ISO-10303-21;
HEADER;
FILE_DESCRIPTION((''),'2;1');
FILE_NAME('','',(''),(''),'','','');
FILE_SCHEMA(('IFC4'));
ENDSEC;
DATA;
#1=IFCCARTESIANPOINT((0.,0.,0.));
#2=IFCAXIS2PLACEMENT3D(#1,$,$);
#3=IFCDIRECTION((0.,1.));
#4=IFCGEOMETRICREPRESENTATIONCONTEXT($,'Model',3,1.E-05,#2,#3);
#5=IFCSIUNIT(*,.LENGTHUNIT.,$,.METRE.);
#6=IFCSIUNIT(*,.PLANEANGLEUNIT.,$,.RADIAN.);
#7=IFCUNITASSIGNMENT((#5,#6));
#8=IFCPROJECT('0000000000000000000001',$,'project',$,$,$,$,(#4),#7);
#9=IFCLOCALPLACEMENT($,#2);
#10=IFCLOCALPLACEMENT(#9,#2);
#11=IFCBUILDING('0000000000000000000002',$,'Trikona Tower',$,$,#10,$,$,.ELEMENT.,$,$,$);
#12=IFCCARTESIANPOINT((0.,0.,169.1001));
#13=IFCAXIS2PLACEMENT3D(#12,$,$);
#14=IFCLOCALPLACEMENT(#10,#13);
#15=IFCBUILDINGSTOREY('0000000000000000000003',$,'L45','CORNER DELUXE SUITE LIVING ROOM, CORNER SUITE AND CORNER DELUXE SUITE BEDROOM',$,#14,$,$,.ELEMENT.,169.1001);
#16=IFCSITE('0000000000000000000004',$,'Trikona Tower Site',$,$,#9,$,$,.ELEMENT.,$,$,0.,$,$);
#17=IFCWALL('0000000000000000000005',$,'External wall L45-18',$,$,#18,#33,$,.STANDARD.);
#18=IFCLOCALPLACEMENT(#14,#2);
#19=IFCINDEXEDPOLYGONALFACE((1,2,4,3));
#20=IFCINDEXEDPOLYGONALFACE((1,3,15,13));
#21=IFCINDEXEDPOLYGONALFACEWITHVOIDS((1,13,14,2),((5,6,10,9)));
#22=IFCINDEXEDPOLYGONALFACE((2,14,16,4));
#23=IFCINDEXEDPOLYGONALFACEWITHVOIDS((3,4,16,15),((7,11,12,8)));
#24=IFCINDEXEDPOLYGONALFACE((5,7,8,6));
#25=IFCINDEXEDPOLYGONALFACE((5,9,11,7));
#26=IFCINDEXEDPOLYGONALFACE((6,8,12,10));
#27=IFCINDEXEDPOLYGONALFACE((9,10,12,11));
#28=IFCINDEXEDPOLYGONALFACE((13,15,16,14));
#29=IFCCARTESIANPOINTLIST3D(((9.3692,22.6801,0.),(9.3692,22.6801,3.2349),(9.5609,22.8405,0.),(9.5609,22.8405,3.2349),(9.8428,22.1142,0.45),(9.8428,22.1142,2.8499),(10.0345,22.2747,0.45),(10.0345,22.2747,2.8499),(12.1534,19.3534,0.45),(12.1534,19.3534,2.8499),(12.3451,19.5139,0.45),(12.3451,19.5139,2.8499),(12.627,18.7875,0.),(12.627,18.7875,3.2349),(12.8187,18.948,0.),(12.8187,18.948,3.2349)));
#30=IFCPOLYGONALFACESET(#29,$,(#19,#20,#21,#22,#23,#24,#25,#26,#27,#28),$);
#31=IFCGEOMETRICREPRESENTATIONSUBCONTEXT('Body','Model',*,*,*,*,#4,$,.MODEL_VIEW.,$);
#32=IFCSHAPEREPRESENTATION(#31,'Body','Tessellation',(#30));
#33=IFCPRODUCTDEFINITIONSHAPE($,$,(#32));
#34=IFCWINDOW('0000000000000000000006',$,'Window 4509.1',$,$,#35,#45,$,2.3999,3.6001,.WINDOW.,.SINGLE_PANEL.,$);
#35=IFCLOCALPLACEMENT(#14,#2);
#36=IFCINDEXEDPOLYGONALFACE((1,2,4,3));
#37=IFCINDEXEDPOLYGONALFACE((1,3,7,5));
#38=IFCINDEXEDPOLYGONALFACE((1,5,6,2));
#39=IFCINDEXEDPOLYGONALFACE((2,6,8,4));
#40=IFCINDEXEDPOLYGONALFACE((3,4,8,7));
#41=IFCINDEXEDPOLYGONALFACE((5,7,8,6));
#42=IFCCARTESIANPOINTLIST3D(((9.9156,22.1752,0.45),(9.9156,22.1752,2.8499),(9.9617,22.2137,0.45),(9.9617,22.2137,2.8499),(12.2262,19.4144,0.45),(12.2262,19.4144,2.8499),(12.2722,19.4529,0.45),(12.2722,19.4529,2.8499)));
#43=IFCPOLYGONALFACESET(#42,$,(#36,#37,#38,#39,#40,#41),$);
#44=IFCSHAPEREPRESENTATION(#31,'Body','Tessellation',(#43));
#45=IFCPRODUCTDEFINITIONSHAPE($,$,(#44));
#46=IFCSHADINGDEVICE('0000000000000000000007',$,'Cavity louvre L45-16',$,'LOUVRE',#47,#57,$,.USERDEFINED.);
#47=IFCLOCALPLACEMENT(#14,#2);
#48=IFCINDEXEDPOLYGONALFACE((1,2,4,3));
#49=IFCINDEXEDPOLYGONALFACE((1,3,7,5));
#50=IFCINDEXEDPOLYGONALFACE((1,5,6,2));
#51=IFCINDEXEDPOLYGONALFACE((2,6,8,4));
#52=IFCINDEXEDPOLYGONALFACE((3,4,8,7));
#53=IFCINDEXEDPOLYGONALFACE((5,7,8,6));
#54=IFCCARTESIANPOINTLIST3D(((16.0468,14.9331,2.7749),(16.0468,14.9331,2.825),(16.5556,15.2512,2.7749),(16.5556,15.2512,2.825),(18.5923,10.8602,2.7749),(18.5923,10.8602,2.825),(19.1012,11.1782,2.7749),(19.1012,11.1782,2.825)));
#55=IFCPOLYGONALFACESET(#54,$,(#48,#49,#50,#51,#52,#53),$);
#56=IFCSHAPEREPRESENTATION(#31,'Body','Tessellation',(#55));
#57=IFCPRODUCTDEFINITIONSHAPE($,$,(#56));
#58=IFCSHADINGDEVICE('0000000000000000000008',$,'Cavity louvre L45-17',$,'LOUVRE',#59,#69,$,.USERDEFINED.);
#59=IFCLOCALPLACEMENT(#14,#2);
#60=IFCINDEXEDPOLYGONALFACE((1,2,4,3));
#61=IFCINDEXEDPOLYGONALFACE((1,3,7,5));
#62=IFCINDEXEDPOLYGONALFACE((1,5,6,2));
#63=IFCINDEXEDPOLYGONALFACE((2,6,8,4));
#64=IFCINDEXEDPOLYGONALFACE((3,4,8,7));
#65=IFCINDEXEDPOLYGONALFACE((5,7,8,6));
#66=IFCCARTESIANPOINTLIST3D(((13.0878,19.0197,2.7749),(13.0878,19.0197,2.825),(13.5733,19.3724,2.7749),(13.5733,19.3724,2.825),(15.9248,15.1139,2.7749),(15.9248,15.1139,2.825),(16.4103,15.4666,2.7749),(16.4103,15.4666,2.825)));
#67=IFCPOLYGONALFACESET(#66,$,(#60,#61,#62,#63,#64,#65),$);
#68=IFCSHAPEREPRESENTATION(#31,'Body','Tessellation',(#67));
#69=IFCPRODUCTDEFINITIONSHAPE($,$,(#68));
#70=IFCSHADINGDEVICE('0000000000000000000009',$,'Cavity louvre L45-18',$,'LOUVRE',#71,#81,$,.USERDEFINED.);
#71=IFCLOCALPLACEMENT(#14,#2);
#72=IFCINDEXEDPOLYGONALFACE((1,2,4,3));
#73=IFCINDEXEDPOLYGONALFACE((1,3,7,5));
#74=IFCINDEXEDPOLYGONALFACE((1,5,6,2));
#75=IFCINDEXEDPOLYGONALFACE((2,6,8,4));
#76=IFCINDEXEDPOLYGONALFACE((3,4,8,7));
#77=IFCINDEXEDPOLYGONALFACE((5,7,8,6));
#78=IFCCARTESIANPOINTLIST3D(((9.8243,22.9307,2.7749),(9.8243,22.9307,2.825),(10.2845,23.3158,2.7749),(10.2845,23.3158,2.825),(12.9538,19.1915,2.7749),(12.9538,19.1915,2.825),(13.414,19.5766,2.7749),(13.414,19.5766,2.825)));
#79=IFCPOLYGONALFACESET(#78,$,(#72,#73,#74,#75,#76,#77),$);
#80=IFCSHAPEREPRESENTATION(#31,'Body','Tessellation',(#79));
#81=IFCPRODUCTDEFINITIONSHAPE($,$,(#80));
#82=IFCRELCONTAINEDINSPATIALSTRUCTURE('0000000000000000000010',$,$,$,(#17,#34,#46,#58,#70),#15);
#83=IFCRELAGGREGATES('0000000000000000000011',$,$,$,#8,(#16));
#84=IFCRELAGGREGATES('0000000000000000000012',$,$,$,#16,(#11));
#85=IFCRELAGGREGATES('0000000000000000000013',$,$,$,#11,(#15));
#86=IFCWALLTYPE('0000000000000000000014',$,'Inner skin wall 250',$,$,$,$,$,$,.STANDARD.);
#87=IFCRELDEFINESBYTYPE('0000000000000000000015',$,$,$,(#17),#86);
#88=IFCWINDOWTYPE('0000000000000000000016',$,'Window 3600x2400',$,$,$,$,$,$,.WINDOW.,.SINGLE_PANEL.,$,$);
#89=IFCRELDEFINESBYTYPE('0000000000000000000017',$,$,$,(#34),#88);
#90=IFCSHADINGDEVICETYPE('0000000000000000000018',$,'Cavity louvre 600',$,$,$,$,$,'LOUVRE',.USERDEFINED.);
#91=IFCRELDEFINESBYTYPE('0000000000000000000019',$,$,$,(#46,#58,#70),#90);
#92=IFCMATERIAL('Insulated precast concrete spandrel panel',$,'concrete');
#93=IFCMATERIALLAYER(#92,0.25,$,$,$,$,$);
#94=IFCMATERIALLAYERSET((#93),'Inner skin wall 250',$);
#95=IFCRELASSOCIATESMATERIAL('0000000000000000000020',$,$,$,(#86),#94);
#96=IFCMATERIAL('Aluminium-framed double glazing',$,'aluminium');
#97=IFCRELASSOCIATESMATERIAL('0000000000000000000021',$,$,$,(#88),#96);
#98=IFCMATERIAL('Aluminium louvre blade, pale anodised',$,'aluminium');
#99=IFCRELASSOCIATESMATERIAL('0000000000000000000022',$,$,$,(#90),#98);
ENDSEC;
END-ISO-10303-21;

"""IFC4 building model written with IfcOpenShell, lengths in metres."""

from ifc_helpers import new_model, si_unit, direction, frame, frame_2d, origin, origin_2d, place, context, subcontext, project, spatial, rectangle, extrude, material, layer, layer_set, type_object, element, fill, save


model = new_model("IFC4")

# Units and contexts
model_context = context("Model", 3, precision=1e-05, world=origin(), true_north=direction((0.0, 1.0)))
body_context = subcontext(model_context, "Body", "Model", "MODEL_VIEW")
ifc_project = project(units=[si_unit("LENGTHUNIT", "METRE"), si_unit("PLANEANGLEUNIT", "RADIAN")], contexts=[model_context])

# Site, building, storey
site_placement = place(None, origin())
site = spatial("IfcSite", under=ifc_project, at=site_placement, Name="Trikona Tower Site", CompositionType="ELEMENT", RefElevation=0.0)
building_placement = place(site_placement, origin())
building = spatial("IfcBuilding", under=site, at=building_placement, Name="Trikona Tower", CompositionType="ELEMENT")
storey_placement = place(building_placement, frame((0.0, 0.0, 169.1001)))
storey = spatial("IfcBuildingStorey", under=building, at=storey_placement, Name="L45", Description="CORNER DELUXE SUITE LIVING ROOM, CORNER SUITE AND CORNER DELUXE SUITE BEDROOM", CompositionType="ELEMENT", Elevation=169.1001)

# Wall, opening, window
ifc_material_1 = material(Name="Insulated precast concrete spandrel panel", Category="concrete")
ifc_layer_1 = layer(ifc_material_1, 0.25)
ifc_layer_set_1 = layer_set([ifc_layer_1], Name="Inner skin wall 250")
wall_type = type_object("IfcWallType", Name="Inner skin wall 250", PredefinedType="STANDARD", material=ifc_layer_set_1)
wall_1_placement = place(storey_placement, frame((12.7229, 18.8677, 0.0), z_axis=(0.0, 0.0, 1.0), x_axis=(-0.64181, 0.766863, 0.0)))
wall_1 = element("IfcWall", 1, at=wall_1_placement, inside=storey, type_object=wall_type, Name="External wall L45-18", PredefinedType="STANDARD", context=body_context, shape_type="SweptSolid", body=[
    extrude(rectangle(XDim=5.0759, YDim=0.25, at=frame_2d((2.5381, 0.0))), origin(), (0.0, 0.0, 1.0), 3.2349),
])
opening_1_placement = place(wall_1_placement, frame((0.738, 0.0, 0.45)))
opening_1 = element("IfcOpeningElement", 2, at=opening_1_placement, cuts=wall_1, PredefinedType="OPENING", context=body_context, shape_type="SweptSolid", body=[
    extrude(rectangle(XDim=3.6001, YDim=2.3999, at=frame_2d((1.8, 1.2))), frame((0.0, 0.135, 0.0), z_axis=(0.0, -1.0, 0.0), x_axis=(1.0, 0.0, 0.0)), (0.0, 0.0, 1.0), 0.27),
])
ifc_material_2 = material(Name="Aluminium-framed double glazing", Category="aluminium")
window_type_1 = type_object("IfcWindowType", Name="Window 3600x2400", PartitioningType="SINGLE_PANEL", PredefinedType="WINDOW", material=ifc_material_2)
window_1_placement = place(opening_1_placement, origin())
window_1 = element("IfcWindow", 3, at=window_1_placement, inside=storey, type_object=window_type_1, Name="Window 4509.1", OverallHeight=2.3999, OverallWidth=3.6001, PartitioningType="SINGLE_PANEL", PredefinedType="WINDOW", context=body_context, shape_type="SweptSolid", body=[
    extrude(rectangle(XDim=3.6001, YDim=2.3999, at=frame_2d((1.8, 1.2))), frame((0.0, 0.03, 0.0), z_axis=(0.0, -1.0, 0.0), x_axis=(1.0, 0.0, 0.0)), (0.0, 0.0, 1.0), 0.0601),
])
fill(opening_1, window_1)

# Shading devices
ifc_material_3 = material(Name="Aluminium louvre blade, pale anodised", Category="aluminium")
shading_device_type = type_object("IfcShadingDeviceType", Name="Cavity louvre 600", ElementType="LOUVRE", PredefinedType="USERDEFINED", material=ifc_material_3)
shading_device_1_placement = place(storey_placement, frame((17.574, 13.0557, 2.7749), z_axis=(0.0, 0.0, 1.0), x_axis=(-0.529995, 0.848001, 0.0)))
element("IfcShadingDevice", 4, at=shading_device_1_placement, inside=storey, type_object=shading_device_type, Name="Cavity louvre L45-16", ObjectType="LOUVRE", PredefinedType="USERDEFINED", context=body_context, shape_type="SweptSolid", body=[
    extrude(rectangle(XDim=4.803, YDim=0.6001, at=origin_2d()), origin(), (0.0, 0.0, 1.0), 0.05),
])
shading_device_2_placement = place(storey_placement, frame((14.749, 17.2432, 2.7749), z_axis=(0.0, 0.0, 1.0), x_axis=(-0.587686, 0.809089, 0.0)))
element("IfcShadingDevice", 5, at=shading_device_2_placement, inside=storey, type_object=shading_device_type, Name="Cavity louvre L45-17", ObjectType="LOUVRE", PredefinedType="USERDEFINED", context=body_context, shape_type="SweptSolid", body=[
    extrude(rectangle(XDim=4.8274, YDim=0.6001, at=origin_2d()), origin(), (0.0, 0.0, 1.0), 0.05),
])
shading_device_3_placement = place(storey_placement, frame((11.6191, 21.2537, 2.7749), z_axis=(0.0, 0.0, 1.0), x_axis=(-0.641807, 0.766866, 0.0)))
element("IfcShadingDevice", 6, at=shading_device_3_placement, inside=storey, type_object=shading_device_type, Name="Cavity louvre L45-18", ObjectType="LOUVRE", PredefinedType="USERDEFINED", context=body_context, shape_type="SweptSolid", body=[
    extrude(rectangle(XDim=4.876, YDim=0.6001, at=origin_2d()), origin(), (0.0, 0.0, 1.0), 0.05),
])

save(model, "model.ifc")
